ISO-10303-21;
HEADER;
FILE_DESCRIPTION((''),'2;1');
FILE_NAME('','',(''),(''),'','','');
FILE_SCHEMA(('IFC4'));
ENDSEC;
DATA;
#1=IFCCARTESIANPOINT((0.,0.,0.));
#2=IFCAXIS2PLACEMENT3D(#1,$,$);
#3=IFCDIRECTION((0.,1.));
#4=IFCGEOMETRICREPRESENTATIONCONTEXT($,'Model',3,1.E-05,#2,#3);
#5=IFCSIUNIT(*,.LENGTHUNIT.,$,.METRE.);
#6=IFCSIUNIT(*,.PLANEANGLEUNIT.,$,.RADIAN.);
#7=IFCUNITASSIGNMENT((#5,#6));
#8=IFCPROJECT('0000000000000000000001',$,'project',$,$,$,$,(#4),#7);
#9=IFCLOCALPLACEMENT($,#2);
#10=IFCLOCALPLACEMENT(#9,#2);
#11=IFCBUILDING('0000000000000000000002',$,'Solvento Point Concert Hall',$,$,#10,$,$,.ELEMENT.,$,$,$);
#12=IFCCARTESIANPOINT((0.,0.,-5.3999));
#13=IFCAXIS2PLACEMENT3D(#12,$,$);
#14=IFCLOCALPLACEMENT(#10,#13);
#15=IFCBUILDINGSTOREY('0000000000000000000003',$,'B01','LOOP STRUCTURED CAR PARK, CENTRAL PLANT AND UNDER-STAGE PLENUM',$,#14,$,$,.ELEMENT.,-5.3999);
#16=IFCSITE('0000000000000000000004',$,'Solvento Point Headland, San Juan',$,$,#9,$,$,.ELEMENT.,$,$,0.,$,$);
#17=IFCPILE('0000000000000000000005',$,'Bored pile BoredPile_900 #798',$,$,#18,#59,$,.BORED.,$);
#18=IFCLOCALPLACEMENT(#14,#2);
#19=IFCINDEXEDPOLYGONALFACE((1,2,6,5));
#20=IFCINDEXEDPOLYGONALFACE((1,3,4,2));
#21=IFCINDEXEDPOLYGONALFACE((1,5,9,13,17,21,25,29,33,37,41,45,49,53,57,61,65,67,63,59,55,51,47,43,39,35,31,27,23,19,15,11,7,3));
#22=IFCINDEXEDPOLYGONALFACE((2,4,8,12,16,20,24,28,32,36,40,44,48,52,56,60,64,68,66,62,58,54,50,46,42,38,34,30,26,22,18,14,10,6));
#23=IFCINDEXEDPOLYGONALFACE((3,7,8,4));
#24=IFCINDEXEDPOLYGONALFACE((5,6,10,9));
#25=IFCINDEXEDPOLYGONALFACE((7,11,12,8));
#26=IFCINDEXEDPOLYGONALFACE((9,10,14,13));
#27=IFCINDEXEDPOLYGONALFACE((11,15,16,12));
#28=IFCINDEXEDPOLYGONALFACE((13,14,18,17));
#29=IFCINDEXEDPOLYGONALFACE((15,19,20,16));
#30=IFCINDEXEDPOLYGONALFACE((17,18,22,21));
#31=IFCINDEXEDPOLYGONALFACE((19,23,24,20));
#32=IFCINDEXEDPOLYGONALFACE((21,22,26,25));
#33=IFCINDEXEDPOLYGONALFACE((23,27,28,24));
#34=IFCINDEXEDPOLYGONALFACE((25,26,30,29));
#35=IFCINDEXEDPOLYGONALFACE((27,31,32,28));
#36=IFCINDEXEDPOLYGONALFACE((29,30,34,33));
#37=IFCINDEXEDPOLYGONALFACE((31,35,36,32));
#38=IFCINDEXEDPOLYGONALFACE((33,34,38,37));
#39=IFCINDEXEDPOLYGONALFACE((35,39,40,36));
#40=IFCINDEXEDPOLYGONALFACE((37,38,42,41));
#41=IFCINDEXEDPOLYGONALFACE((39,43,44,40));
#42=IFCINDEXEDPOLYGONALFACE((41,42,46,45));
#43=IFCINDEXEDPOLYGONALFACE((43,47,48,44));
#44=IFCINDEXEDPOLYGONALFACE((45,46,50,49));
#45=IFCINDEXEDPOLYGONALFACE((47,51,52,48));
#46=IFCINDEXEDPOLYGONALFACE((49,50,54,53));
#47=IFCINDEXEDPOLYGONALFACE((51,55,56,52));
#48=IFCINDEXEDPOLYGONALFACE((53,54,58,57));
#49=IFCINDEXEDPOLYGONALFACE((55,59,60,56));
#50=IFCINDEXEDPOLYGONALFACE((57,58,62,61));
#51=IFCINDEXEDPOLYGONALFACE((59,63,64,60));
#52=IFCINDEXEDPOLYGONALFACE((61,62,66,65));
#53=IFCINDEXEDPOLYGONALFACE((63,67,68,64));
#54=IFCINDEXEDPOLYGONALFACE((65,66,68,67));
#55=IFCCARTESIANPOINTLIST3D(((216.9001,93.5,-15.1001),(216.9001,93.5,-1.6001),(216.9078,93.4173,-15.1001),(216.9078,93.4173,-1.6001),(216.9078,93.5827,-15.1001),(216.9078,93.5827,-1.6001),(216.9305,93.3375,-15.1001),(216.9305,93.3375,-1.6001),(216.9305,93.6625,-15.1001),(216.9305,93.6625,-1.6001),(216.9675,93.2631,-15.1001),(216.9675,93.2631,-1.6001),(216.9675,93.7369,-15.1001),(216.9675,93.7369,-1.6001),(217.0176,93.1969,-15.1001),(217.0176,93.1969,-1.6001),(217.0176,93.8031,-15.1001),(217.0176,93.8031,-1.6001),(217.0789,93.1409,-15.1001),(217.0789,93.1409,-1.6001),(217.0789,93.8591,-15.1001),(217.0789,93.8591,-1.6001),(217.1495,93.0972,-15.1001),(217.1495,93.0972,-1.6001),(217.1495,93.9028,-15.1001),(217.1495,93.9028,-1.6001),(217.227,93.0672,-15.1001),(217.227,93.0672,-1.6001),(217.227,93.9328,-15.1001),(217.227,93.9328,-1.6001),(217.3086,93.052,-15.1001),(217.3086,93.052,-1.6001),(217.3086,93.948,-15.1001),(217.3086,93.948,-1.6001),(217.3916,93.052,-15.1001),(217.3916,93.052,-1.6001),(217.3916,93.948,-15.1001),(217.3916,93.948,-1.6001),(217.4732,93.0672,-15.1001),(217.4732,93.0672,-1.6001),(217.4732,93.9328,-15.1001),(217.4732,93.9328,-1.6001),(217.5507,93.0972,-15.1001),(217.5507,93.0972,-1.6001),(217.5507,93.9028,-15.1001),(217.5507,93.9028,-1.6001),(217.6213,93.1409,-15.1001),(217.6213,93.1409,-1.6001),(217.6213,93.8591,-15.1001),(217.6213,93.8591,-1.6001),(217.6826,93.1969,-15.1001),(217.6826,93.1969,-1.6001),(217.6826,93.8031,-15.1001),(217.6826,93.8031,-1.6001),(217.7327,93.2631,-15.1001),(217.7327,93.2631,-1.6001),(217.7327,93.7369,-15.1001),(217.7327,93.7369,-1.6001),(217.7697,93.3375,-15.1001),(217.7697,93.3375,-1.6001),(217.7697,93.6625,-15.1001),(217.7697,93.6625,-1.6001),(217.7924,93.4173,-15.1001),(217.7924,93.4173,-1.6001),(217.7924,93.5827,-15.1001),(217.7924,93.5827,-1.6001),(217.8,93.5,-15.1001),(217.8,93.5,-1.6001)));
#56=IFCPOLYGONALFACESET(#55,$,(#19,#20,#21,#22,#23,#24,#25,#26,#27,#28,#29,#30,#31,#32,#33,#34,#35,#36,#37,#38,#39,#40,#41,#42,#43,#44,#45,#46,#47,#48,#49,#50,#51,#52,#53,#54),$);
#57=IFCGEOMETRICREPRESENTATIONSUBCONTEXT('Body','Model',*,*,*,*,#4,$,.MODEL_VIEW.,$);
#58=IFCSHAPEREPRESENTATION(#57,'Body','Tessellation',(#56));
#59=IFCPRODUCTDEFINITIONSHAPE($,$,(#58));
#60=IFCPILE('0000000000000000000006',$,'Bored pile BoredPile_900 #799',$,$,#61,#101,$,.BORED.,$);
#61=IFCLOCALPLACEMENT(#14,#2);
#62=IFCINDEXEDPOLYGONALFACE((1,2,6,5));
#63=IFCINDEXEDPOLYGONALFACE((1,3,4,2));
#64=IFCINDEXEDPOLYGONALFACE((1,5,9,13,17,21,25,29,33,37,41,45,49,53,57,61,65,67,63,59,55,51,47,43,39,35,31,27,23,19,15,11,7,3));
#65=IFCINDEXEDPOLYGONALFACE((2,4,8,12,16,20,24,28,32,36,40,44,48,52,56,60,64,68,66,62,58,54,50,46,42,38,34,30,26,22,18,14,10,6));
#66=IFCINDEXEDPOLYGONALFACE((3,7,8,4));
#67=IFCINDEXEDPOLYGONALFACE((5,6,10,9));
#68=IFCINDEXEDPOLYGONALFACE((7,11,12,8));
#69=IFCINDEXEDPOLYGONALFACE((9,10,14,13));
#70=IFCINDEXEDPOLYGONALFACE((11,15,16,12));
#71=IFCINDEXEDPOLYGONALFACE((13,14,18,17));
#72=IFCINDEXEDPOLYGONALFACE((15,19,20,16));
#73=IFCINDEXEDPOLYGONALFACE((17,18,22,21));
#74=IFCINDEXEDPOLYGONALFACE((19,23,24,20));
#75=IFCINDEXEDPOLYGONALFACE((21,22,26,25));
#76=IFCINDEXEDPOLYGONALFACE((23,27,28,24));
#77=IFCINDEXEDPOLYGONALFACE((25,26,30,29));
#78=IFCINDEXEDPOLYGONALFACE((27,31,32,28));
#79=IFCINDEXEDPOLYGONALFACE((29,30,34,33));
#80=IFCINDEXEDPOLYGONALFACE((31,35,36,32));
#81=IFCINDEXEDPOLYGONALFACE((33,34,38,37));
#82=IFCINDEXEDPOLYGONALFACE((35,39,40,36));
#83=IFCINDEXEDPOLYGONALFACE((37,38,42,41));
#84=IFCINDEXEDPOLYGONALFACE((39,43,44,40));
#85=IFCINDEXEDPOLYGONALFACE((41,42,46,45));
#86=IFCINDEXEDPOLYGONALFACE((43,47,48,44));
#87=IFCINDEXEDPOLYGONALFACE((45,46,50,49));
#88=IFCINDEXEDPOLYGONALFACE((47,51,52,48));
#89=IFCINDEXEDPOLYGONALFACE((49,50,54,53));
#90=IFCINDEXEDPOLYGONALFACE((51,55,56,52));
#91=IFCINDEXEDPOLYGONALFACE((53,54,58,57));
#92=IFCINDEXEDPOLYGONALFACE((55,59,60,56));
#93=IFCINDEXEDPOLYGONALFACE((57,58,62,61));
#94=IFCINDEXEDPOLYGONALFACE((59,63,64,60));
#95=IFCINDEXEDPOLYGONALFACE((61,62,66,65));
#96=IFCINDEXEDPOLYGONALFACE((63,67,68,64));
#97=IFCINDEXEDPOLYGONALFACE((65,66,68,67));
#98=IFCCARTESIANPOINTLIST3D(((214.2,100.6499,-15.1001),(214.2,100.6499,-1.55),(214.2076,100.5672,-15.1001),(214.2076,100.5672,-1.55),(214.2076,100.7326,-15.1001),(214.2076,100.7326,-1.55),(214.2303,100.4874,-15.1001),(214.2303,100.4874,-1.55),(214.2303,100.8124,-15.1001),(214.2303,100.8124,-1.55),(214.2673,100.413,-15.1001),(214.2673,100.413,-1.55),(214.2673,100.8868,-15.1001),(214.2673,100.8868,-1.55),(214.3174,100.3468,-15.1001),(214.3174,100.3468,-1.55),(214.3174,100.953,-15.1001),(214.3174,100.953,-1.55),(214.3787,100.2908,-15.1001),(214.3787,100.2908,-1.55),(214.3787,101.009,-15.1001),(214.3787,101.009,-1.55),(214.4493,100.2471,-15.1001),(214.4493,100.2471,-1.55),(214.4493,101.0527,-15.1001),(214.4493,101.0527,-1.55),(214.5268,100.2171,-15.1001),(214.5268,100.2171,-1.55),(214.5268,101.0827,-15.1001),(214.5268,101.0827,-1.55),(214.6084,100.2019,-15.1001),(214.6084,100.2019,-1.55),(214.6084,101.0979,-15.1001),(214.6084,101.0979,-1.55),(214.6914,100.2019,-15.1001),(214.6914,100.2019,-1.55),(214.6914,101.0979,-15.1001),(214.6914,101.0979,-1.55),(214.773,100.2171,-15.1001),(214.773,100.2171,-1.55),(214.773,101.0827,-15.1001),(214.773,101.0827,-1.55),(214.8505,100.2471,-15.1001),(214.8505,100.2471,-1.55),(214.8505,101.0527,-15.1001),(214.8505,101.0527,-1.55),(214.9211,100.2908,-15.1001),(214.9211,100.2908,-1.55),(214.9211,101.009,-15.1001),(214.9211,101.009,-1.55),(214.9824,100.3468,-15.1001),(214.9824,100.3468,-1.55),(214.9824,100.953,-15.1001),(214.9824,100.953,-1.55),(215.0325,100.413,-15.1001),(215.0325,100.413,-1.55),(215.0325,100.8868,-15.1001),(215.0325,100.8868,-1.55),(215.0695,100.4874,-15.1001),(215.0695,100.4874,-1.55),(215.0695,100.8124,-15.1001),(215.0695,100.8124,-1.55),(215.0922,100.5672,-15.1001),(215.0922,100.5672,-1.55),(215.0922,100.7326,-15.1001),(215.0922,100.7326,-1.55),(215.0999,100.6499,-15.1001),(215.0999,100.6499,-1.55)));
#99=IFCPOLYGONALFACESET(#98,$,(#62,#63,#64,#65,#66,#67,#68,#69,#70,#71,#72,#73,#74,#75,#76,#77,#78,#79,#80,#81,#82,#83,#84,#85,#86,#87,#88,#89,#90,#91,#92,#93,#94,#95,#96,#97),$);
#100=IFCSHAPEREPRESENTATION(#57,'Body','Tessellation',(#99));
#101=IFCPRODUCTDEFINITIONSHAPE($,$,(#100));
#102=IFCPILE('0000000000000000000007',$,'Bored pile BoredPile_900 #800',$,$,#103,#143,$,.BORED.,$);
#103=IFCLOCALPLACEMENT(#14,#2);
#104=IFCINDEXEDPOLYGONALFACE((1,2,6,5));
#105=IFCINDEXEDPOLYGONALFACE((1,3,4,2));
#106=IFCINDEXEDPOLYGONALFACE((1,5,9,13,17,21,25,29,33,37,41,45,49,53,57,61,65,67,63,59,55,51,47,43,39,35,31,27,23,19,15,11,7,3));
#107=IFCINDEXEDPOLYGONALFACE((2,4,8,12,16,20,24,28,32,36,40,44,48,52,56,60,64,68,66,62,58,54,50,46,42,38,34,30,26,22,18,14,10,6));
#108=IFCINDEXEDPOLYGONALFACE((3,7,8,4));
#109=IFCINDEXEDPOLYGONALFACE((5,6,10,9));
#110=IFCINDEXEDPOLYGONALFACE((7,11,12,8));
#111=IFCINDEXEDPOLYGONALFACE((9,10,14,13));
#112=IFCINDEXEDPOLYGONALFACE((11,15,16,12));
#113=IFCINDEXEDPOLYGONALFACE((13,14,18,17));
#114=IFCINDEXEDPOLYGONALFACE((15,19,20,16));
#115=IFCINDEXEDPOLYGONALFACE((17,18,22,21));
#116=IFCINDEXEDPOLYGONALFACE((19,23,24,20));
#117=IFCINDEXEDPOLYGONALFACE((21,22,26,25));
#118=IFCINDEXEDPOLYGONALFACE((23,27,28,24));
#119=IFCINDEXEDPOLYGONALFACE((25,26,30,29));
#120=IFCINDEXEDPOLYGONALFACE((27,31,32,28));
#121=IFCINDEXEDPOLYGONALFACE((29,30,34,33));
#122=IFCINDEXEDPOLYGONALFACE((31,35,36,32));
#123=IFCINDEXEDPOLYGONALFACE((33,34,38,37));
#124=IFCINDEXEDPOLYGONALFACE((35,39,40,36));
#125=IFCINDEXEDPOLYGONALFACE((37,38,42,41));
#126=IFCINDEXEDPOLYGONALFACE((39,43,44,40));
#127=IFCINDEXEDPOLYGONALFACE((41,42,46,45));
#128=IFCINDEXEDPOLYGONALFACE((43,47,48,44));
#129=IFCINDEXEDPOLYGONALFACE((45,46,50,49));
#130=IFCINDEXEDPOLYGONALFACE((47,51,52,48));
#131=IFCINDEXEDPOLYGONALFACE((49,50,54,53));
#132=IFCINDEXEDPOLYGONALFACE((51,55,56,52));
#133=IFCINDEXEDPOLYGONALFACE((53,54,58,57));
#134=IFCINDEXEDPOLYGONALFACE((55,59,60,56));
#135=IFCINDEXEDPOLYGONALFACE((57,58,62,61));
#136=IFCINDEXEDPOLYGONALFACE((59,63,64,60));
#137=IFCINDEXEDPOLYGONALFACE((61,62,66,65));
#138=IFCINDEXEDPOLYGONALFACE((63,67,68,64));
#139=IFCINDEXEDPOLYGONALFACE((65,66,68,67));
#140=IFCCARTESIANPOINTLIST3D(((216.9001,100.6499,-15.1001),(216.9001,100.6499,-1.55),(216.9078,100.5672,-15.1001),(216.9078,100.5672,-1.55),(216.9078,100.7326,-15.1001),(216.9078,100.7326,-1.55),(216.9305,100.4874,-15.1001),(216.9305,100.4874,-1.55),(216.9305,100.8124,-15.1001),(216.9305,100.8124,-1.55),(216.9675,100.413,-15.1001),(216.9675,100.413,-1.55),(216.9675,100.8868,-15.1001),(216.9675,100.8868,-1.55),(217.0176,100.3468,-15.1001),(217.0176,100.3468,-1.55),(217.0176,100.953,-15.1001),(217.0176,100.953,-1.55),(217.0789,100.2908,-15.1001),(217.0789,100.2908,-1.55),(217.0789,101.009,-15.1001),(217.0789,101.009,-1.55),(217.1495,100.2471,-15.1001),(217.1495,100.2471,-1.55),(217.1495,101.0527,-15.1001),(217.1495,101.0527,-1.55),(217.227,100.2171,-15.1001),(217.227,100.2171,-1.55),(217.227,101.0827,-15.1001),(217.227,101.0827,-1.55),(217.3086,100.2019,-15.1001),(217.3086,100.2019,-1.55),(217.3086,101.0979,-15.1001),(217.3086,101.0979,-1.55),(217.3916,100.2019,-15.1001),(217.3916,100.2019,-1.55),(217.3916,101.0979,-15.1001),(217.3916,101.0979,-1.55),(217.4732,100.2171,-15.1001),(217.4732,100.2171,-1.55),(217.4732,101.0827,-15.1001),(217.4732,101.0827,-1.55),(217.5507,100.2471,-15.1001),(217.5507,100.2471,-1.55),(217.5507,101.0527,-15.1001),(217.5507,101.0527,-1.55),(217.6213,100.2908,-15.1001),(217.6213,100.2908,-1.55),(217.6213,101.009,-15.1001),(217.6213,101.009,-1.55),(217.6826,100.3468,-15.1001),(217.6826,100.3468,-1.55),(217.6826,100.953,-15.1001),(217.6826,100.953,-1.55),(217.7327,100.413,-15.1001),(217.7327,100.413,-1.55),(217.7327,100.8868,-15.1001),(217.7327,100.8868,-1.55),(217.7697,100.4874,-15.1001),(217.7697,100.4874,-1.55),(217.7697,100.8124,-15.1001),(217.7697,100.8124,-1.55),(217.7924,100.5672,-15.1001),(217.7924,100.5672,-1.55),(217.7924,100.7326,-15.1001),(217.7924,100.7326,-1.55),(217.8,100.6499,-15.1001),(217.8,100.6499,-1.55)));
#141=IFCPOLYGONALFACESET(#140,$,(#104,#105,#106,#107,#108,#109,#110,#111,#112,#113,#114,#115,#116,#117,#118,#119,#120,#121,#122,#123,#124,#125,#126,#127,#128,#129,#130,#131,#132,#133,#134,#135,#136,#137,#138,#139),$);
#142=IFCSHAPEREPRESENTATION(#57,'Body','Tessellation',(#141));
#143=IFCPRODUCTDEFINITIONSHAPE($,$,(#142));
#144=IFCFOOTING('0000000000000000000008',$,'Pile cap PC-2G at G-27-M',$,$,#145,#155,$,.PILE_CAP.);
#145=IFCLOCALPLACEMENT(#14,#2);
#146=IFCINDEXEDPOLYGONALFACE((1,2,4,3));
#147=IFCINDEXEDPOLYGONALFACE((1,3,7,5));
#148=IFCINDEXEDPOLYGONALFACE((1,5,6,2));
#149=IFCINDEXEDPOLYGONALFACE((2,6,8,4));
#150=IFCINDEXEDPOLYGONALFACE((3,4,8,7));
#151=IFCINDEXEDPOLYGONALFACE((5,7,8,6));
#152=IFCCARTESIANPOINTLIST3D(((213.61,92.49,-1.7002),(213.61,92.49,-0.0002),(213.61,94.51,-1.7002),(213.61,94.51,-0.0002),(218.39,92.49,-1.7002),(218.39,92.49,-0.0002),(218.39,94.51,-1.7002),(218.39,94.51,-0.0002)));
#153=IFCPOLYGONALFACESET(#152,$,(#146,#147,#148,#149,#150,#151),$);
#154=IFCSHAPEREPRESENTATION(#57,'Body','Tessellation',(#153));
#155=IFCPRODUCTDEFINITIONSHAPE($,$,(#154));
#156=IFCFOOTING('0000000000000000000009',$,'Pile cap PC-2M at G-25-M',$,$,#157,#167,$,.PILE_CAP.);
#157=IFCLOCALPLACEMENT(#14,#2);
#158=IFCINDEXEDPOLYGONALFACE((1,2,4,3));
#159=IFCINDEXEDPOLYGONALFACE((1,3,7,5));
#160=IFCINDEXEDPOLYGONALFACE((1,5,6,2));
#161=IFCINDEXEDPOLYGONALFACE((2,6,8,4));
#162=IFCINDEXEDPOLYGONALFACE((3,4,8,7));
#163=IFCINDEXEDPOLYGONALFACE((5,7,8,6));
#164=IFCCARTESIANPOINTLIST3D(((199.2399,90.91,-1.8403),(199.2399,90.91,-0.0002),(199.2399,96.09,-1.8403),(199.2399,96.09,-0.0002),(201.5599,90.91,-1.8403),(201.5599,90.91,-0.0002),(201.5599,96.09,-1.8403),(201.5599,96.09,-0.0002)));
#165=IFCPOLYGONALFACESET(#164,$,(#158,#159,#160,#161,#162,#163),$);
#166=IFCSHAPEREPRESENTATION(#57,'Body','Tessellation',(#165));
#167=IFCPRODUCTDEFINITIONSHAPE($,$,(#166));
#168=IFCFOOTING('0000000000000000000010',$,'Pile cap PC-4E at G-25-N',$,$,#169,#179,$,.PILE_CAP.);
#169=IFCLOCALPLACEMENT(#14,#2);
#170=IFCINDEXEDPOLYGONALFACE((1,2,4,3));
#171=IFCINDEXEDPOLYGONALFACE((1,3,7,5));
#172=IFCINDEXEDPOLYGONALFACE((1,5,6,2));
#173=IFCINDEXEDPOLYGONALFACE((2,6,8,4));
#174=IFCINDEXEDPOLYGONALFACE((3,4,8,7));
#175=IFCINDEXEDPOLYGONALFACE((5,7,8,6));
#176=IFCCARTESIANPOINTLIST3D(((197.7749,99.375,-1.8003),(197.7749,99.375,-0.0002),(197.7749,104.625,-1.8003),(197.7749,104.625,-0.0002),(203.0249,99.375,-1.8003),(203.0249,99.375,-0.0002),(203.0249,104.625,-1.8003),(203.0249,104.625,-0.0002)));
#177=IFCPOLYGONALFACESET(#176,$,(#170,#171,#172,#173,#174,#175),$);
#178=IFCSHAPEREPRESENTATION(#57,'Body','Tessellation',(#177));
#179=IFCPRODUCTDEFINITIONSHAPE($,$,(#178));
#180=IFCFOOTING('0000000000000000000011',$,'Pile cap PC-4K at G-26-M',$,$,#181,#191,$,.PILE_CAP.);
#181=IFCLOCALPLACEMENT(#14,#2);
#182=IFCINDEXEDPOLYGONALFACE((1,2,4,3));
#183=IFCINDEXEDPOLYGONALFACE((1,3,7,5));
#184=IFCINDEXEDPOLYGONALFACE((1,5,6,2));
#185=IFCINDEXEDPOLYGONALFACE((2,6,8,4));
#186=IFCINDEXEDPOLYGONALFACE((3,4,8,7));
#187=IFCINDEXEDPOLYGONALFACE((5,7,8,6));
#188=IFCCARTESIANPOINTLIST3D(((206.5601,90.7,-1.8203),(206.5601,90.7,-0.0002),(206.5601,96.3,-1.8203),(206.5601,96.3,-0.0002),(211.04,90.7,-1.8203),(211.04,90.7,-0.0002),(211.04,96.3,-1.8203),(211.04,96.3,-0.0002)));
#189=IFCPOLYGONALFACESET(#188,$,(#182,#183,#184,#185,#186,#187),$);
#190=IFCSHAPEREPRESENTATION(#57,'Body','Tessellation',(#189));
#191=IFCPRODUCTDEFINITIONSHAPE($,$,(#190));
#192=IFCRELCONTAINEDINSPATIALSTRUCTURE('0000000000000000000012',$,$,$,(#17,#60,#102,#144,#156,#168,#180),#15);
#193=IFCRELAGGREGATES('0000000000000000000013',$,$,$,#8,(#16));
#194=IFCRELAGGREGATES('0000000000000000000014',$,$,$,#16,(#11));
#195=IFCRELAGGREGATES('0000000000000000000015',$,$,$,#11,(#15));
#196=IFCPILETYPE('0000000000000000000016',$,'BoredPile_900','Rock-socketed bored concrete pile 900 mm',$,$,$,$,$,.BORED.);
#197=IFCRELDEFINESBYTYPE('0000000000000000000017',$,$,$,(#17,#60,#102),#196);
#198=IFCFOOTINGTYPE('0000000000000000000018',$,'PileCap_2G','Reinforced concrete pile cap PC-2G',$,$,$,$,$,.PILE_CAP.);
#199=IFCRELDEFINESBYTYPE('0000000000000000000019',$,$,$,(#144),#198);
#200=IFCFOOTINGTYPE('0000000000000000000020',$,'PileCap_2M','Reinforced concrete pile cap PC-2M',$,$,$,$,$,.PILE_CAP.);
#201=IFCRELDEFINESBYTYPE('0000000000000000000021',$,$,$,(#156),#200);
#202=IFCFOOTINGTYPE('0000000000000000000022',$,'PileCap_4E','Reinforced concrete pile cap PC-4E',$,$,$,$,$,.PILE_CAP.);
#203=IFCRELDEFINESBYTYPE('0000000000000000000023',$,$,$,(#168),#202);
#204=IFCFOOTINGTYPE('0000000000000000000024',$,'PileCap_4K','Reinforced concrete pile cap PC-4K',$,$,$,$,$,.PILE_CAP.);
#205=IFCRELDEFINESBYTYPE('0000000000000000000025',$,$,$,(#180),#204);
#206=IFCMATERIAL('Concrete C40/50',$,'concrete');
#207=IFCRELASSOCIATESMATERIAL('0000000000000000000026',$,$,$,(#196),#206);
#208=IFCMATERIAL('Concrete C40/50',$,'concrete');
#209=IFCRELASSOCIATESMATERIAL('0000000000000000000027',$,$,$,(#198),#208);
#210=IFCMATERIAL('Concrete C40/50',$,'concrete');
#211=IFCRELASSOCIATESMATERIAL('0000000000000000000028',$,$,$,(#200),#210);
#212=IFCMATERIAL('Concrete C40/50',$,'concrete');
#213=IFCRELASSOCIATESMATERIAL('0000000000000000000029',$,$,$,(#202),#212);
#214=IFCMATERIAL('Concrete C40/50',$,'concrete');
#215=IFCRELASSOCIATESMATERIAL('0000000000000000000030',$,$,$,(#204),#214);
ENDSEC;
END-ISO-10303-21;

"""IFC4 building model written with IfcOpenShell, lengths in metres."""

from ifc_helpers import new_model, si_unit, direction, frame, origin, origin_2d, place, context, subcontext, project, spatial, rectangle, circle, extrude, material, material_profile, profile_set, type_object, element, save


model = new_model("IFC4")

# Units and contexts
model_context = context("Model", 3, precision=1e-05, world=origin(), true_north=direction((0.0, 1.0)))
body_context = subcontext(model_context, "Body", "Model", "MODEL_VIEW")
ifc_project = project(units=[si_unit("LENGTHUNIT", "METRE"), si_unit("PLANEANGLEUNIT", "RADIAN")], contexts=[model_context])

# Site, building, storey
site_placement = place(None, origin())
site = spatial("IfcSite", under=ifc_project, at=site_placement, Name="Solvento Point Headland, San Juan", CompositionType="ELEMENT", RefElevation=0.0)
building_placement = place(site_placement, origin())
building = spatial("IfcBuilding", under=site, at=building_placement, Name="Solvento Point Concert Hall", CompositionType="ELEMENT")
storey_placement = place(building_placement, frame((0.0, 0.0, -5.3999)))
storey = spatial("IfcBuildingStorey", under=building, at=storey_placement, Name="B01", Description="LOOP STRUCTURED CAR PARK, CENTRAL PLANT AND UNDER-STAGE PLENUM", CompositionType="ELEMENT", Elevation=-5.3999)

# Piles
ifc_material_1 = material(Name="Concrete C40/50", Category="concrete")
ifc_material_profile_1 = material_profile(ifc_material_1, circle(Radius=0.45, at=origin_2d()), Name="BP-900")
ifc_profile_set_1 = profile_set([ifc_material_profile_1], Name="Concrete C40/50")
pile_type_1 = type_object("IfcPileType", Name="BoredPile_900", Description="Rock-socketed bored concrete pile 900 mm", PredefinedType="BORED", material=ifc_profile_set_1)
for number, where, z_axis, x_axis, name in (
    (1, (217.3501, 93.5, -1.6001), (0.0, 0.0, -1.0), (1.0, 0.0, 0.0), "Bored pile BoredPile_900 #798"),
):
    element("IfcPile", number, at=place(storey_placement, frame(where, z_axis=z_axis, x_axis=x_axis)), inside=storey, type_object=pile_type_1, Name=name, PredefinedType="BORED", context=body_context, shape_type="SweptSolid", body=[
        extrude(circle(Radius=0.45, at=origin_2d()), origin(), (0.0, 0.0, 1.0), 13.5),
    ])
for number, where, z_axis, x_axis, name in (
    (2, (214.6499, 100.6499, -1.55), (0.0, 0.0, -1.0), (1.0, 0.0, 0.0), "Bored pile BoredPile_900 #799"),
    (3, (217.3501, 100.6499, -1.55), (0.0, 0.0, -1.0), (1.0, 0.0, 0.0), "Bored pile BoredPile_900 #800"),
):
    element("IfcPile", number, at=place(storey_placement, frame(where, z_axis=z_axis, x_axis=x_axis)), inside=storey, type_object=pile_type_1, Name=name, PredefinedType="BORED", context=body_context, shape_type="SweptSolid", body=[
        extrude(circle(Radius=0.45, at=origin_2d()), origin(), (0.0, 0.0, 1.0), 13.55),
    ])

# Footings
ifc_material_2 = material(Name="Concrete C40/50", Category="concrete")
footing_type_1 = type_object("IfcFootingType", Name="PileCap_2G", Description="Reinforced concrete pile cap PC-2G", PredefinedType="PILE_CAP", material=ifc_material_2)
footing_1_placement = place(storey_placement, frame((216.0, 93.5, -1.7002), z_axis=(0.0, 0.0, 1.0), x_axis=(1.0, 0.0, 0.0)))
element("IfcFooting", 4, at=footing_1_placement, inside=storey, type_object=footing_type_1, Name="Pile cap PC-2G at G-27-M", PredefinedType="PILE_CAP", context=body_context, shape_type="SweptSolid", body=[
    extrude(rectangle(XDim=4.78, YDim=2.02, at=origin_2d()), origin(), (0.0, 0.0, 1.0), 1.7),
])
ifc_material_3 = material(Name="Concrete C40/50", Category="concrete")
footing_type_2 = type_object("IfcFootingType", Name="PileCap_2M", Description="Reinforced concrete pile cap PC-2M", PredefinedType="PILE_CAP", material=ifc_material_3)
footing_2_placement = place(storey_placement, frame((200.3999, 93.5, -1.8403), z_axis=(0.0, 0.0, 1.0), x_axis=(1.0, 0.0, 0.0)))
element("IfcFooting", 5, at=footing_2_placement, inside=storey, type_object=footing_type_2, Name="Pile cap PC-2M at G-25-M", PredefinedType="PILE_CAP", context=body_context, shape_type="SweptSolid", body=[
    extrude(rectangle(XDim=2.3201, YDim=5.1799, at=origin_2d()), origin(), (0.0, 0.0, 1.0), 1.8401),
])
ifc_material_4 = material(Name="Concrete C40/50", Category="concrete")
footing_type_3 = type_object("IfcFootingType", Name="PileCap_4E", Description="Reinforced concrete pile cap PC-4E", PredefinedType="PILE_CAP", material=ifc_material_4)
footing_3_placement = place(storey_placement, frame((200.3999, 102.0, -1.8003), z_axis=(0.0, 0.0, 1.0), x_axis=(1.0, 0.0, 0.0)))
element("IfcFooting", 6, at=footing_3_placement, inside=storey, type_object=footing_type_3, Name="Pile cap PC-4E at G-25-N", PredefinedType="PILE_CAP", context=body_context, shape_type="SweptSolid", body=[
    extrude(rectangle(XDim=5.25, YDim=5.25, at=origin_2d()), origin(), (0.0, 0.0, 1.0), 1.8),
])
ifc_material_5 = material(Name="Concrete C40/50", Category="concrete")
footing_type_4 = type_object("IfcFootingType", Name="PileCap_4K", Description="Reinforced concrete pile cap PC-4K", PredefinedType="PILE_CAP", material=ifc_material_5)
footing_4_placement = place(storey_placement, frame((208.8, 93.5, -1.8203), z_axis=(0.0, 0.0, 1.0), x_axis=(1.0, 0.0, 0.0)))
element("IfcFooting", 7, at=footing_4_placement, inside=storey, type_object=footing_type_4, Name="Pile cap PC-4K at G-26-M", PredefinedType="PILE_CAP", context=body_context, shape_type="SweptSolid", body=[
    extrude(rectangle(XDim=4.48, YDim=5.6001, at=origin_2d()), origin(), (0.0, 0.0, 1.0), 1.8201),
])

save(model, "model.ifc")
